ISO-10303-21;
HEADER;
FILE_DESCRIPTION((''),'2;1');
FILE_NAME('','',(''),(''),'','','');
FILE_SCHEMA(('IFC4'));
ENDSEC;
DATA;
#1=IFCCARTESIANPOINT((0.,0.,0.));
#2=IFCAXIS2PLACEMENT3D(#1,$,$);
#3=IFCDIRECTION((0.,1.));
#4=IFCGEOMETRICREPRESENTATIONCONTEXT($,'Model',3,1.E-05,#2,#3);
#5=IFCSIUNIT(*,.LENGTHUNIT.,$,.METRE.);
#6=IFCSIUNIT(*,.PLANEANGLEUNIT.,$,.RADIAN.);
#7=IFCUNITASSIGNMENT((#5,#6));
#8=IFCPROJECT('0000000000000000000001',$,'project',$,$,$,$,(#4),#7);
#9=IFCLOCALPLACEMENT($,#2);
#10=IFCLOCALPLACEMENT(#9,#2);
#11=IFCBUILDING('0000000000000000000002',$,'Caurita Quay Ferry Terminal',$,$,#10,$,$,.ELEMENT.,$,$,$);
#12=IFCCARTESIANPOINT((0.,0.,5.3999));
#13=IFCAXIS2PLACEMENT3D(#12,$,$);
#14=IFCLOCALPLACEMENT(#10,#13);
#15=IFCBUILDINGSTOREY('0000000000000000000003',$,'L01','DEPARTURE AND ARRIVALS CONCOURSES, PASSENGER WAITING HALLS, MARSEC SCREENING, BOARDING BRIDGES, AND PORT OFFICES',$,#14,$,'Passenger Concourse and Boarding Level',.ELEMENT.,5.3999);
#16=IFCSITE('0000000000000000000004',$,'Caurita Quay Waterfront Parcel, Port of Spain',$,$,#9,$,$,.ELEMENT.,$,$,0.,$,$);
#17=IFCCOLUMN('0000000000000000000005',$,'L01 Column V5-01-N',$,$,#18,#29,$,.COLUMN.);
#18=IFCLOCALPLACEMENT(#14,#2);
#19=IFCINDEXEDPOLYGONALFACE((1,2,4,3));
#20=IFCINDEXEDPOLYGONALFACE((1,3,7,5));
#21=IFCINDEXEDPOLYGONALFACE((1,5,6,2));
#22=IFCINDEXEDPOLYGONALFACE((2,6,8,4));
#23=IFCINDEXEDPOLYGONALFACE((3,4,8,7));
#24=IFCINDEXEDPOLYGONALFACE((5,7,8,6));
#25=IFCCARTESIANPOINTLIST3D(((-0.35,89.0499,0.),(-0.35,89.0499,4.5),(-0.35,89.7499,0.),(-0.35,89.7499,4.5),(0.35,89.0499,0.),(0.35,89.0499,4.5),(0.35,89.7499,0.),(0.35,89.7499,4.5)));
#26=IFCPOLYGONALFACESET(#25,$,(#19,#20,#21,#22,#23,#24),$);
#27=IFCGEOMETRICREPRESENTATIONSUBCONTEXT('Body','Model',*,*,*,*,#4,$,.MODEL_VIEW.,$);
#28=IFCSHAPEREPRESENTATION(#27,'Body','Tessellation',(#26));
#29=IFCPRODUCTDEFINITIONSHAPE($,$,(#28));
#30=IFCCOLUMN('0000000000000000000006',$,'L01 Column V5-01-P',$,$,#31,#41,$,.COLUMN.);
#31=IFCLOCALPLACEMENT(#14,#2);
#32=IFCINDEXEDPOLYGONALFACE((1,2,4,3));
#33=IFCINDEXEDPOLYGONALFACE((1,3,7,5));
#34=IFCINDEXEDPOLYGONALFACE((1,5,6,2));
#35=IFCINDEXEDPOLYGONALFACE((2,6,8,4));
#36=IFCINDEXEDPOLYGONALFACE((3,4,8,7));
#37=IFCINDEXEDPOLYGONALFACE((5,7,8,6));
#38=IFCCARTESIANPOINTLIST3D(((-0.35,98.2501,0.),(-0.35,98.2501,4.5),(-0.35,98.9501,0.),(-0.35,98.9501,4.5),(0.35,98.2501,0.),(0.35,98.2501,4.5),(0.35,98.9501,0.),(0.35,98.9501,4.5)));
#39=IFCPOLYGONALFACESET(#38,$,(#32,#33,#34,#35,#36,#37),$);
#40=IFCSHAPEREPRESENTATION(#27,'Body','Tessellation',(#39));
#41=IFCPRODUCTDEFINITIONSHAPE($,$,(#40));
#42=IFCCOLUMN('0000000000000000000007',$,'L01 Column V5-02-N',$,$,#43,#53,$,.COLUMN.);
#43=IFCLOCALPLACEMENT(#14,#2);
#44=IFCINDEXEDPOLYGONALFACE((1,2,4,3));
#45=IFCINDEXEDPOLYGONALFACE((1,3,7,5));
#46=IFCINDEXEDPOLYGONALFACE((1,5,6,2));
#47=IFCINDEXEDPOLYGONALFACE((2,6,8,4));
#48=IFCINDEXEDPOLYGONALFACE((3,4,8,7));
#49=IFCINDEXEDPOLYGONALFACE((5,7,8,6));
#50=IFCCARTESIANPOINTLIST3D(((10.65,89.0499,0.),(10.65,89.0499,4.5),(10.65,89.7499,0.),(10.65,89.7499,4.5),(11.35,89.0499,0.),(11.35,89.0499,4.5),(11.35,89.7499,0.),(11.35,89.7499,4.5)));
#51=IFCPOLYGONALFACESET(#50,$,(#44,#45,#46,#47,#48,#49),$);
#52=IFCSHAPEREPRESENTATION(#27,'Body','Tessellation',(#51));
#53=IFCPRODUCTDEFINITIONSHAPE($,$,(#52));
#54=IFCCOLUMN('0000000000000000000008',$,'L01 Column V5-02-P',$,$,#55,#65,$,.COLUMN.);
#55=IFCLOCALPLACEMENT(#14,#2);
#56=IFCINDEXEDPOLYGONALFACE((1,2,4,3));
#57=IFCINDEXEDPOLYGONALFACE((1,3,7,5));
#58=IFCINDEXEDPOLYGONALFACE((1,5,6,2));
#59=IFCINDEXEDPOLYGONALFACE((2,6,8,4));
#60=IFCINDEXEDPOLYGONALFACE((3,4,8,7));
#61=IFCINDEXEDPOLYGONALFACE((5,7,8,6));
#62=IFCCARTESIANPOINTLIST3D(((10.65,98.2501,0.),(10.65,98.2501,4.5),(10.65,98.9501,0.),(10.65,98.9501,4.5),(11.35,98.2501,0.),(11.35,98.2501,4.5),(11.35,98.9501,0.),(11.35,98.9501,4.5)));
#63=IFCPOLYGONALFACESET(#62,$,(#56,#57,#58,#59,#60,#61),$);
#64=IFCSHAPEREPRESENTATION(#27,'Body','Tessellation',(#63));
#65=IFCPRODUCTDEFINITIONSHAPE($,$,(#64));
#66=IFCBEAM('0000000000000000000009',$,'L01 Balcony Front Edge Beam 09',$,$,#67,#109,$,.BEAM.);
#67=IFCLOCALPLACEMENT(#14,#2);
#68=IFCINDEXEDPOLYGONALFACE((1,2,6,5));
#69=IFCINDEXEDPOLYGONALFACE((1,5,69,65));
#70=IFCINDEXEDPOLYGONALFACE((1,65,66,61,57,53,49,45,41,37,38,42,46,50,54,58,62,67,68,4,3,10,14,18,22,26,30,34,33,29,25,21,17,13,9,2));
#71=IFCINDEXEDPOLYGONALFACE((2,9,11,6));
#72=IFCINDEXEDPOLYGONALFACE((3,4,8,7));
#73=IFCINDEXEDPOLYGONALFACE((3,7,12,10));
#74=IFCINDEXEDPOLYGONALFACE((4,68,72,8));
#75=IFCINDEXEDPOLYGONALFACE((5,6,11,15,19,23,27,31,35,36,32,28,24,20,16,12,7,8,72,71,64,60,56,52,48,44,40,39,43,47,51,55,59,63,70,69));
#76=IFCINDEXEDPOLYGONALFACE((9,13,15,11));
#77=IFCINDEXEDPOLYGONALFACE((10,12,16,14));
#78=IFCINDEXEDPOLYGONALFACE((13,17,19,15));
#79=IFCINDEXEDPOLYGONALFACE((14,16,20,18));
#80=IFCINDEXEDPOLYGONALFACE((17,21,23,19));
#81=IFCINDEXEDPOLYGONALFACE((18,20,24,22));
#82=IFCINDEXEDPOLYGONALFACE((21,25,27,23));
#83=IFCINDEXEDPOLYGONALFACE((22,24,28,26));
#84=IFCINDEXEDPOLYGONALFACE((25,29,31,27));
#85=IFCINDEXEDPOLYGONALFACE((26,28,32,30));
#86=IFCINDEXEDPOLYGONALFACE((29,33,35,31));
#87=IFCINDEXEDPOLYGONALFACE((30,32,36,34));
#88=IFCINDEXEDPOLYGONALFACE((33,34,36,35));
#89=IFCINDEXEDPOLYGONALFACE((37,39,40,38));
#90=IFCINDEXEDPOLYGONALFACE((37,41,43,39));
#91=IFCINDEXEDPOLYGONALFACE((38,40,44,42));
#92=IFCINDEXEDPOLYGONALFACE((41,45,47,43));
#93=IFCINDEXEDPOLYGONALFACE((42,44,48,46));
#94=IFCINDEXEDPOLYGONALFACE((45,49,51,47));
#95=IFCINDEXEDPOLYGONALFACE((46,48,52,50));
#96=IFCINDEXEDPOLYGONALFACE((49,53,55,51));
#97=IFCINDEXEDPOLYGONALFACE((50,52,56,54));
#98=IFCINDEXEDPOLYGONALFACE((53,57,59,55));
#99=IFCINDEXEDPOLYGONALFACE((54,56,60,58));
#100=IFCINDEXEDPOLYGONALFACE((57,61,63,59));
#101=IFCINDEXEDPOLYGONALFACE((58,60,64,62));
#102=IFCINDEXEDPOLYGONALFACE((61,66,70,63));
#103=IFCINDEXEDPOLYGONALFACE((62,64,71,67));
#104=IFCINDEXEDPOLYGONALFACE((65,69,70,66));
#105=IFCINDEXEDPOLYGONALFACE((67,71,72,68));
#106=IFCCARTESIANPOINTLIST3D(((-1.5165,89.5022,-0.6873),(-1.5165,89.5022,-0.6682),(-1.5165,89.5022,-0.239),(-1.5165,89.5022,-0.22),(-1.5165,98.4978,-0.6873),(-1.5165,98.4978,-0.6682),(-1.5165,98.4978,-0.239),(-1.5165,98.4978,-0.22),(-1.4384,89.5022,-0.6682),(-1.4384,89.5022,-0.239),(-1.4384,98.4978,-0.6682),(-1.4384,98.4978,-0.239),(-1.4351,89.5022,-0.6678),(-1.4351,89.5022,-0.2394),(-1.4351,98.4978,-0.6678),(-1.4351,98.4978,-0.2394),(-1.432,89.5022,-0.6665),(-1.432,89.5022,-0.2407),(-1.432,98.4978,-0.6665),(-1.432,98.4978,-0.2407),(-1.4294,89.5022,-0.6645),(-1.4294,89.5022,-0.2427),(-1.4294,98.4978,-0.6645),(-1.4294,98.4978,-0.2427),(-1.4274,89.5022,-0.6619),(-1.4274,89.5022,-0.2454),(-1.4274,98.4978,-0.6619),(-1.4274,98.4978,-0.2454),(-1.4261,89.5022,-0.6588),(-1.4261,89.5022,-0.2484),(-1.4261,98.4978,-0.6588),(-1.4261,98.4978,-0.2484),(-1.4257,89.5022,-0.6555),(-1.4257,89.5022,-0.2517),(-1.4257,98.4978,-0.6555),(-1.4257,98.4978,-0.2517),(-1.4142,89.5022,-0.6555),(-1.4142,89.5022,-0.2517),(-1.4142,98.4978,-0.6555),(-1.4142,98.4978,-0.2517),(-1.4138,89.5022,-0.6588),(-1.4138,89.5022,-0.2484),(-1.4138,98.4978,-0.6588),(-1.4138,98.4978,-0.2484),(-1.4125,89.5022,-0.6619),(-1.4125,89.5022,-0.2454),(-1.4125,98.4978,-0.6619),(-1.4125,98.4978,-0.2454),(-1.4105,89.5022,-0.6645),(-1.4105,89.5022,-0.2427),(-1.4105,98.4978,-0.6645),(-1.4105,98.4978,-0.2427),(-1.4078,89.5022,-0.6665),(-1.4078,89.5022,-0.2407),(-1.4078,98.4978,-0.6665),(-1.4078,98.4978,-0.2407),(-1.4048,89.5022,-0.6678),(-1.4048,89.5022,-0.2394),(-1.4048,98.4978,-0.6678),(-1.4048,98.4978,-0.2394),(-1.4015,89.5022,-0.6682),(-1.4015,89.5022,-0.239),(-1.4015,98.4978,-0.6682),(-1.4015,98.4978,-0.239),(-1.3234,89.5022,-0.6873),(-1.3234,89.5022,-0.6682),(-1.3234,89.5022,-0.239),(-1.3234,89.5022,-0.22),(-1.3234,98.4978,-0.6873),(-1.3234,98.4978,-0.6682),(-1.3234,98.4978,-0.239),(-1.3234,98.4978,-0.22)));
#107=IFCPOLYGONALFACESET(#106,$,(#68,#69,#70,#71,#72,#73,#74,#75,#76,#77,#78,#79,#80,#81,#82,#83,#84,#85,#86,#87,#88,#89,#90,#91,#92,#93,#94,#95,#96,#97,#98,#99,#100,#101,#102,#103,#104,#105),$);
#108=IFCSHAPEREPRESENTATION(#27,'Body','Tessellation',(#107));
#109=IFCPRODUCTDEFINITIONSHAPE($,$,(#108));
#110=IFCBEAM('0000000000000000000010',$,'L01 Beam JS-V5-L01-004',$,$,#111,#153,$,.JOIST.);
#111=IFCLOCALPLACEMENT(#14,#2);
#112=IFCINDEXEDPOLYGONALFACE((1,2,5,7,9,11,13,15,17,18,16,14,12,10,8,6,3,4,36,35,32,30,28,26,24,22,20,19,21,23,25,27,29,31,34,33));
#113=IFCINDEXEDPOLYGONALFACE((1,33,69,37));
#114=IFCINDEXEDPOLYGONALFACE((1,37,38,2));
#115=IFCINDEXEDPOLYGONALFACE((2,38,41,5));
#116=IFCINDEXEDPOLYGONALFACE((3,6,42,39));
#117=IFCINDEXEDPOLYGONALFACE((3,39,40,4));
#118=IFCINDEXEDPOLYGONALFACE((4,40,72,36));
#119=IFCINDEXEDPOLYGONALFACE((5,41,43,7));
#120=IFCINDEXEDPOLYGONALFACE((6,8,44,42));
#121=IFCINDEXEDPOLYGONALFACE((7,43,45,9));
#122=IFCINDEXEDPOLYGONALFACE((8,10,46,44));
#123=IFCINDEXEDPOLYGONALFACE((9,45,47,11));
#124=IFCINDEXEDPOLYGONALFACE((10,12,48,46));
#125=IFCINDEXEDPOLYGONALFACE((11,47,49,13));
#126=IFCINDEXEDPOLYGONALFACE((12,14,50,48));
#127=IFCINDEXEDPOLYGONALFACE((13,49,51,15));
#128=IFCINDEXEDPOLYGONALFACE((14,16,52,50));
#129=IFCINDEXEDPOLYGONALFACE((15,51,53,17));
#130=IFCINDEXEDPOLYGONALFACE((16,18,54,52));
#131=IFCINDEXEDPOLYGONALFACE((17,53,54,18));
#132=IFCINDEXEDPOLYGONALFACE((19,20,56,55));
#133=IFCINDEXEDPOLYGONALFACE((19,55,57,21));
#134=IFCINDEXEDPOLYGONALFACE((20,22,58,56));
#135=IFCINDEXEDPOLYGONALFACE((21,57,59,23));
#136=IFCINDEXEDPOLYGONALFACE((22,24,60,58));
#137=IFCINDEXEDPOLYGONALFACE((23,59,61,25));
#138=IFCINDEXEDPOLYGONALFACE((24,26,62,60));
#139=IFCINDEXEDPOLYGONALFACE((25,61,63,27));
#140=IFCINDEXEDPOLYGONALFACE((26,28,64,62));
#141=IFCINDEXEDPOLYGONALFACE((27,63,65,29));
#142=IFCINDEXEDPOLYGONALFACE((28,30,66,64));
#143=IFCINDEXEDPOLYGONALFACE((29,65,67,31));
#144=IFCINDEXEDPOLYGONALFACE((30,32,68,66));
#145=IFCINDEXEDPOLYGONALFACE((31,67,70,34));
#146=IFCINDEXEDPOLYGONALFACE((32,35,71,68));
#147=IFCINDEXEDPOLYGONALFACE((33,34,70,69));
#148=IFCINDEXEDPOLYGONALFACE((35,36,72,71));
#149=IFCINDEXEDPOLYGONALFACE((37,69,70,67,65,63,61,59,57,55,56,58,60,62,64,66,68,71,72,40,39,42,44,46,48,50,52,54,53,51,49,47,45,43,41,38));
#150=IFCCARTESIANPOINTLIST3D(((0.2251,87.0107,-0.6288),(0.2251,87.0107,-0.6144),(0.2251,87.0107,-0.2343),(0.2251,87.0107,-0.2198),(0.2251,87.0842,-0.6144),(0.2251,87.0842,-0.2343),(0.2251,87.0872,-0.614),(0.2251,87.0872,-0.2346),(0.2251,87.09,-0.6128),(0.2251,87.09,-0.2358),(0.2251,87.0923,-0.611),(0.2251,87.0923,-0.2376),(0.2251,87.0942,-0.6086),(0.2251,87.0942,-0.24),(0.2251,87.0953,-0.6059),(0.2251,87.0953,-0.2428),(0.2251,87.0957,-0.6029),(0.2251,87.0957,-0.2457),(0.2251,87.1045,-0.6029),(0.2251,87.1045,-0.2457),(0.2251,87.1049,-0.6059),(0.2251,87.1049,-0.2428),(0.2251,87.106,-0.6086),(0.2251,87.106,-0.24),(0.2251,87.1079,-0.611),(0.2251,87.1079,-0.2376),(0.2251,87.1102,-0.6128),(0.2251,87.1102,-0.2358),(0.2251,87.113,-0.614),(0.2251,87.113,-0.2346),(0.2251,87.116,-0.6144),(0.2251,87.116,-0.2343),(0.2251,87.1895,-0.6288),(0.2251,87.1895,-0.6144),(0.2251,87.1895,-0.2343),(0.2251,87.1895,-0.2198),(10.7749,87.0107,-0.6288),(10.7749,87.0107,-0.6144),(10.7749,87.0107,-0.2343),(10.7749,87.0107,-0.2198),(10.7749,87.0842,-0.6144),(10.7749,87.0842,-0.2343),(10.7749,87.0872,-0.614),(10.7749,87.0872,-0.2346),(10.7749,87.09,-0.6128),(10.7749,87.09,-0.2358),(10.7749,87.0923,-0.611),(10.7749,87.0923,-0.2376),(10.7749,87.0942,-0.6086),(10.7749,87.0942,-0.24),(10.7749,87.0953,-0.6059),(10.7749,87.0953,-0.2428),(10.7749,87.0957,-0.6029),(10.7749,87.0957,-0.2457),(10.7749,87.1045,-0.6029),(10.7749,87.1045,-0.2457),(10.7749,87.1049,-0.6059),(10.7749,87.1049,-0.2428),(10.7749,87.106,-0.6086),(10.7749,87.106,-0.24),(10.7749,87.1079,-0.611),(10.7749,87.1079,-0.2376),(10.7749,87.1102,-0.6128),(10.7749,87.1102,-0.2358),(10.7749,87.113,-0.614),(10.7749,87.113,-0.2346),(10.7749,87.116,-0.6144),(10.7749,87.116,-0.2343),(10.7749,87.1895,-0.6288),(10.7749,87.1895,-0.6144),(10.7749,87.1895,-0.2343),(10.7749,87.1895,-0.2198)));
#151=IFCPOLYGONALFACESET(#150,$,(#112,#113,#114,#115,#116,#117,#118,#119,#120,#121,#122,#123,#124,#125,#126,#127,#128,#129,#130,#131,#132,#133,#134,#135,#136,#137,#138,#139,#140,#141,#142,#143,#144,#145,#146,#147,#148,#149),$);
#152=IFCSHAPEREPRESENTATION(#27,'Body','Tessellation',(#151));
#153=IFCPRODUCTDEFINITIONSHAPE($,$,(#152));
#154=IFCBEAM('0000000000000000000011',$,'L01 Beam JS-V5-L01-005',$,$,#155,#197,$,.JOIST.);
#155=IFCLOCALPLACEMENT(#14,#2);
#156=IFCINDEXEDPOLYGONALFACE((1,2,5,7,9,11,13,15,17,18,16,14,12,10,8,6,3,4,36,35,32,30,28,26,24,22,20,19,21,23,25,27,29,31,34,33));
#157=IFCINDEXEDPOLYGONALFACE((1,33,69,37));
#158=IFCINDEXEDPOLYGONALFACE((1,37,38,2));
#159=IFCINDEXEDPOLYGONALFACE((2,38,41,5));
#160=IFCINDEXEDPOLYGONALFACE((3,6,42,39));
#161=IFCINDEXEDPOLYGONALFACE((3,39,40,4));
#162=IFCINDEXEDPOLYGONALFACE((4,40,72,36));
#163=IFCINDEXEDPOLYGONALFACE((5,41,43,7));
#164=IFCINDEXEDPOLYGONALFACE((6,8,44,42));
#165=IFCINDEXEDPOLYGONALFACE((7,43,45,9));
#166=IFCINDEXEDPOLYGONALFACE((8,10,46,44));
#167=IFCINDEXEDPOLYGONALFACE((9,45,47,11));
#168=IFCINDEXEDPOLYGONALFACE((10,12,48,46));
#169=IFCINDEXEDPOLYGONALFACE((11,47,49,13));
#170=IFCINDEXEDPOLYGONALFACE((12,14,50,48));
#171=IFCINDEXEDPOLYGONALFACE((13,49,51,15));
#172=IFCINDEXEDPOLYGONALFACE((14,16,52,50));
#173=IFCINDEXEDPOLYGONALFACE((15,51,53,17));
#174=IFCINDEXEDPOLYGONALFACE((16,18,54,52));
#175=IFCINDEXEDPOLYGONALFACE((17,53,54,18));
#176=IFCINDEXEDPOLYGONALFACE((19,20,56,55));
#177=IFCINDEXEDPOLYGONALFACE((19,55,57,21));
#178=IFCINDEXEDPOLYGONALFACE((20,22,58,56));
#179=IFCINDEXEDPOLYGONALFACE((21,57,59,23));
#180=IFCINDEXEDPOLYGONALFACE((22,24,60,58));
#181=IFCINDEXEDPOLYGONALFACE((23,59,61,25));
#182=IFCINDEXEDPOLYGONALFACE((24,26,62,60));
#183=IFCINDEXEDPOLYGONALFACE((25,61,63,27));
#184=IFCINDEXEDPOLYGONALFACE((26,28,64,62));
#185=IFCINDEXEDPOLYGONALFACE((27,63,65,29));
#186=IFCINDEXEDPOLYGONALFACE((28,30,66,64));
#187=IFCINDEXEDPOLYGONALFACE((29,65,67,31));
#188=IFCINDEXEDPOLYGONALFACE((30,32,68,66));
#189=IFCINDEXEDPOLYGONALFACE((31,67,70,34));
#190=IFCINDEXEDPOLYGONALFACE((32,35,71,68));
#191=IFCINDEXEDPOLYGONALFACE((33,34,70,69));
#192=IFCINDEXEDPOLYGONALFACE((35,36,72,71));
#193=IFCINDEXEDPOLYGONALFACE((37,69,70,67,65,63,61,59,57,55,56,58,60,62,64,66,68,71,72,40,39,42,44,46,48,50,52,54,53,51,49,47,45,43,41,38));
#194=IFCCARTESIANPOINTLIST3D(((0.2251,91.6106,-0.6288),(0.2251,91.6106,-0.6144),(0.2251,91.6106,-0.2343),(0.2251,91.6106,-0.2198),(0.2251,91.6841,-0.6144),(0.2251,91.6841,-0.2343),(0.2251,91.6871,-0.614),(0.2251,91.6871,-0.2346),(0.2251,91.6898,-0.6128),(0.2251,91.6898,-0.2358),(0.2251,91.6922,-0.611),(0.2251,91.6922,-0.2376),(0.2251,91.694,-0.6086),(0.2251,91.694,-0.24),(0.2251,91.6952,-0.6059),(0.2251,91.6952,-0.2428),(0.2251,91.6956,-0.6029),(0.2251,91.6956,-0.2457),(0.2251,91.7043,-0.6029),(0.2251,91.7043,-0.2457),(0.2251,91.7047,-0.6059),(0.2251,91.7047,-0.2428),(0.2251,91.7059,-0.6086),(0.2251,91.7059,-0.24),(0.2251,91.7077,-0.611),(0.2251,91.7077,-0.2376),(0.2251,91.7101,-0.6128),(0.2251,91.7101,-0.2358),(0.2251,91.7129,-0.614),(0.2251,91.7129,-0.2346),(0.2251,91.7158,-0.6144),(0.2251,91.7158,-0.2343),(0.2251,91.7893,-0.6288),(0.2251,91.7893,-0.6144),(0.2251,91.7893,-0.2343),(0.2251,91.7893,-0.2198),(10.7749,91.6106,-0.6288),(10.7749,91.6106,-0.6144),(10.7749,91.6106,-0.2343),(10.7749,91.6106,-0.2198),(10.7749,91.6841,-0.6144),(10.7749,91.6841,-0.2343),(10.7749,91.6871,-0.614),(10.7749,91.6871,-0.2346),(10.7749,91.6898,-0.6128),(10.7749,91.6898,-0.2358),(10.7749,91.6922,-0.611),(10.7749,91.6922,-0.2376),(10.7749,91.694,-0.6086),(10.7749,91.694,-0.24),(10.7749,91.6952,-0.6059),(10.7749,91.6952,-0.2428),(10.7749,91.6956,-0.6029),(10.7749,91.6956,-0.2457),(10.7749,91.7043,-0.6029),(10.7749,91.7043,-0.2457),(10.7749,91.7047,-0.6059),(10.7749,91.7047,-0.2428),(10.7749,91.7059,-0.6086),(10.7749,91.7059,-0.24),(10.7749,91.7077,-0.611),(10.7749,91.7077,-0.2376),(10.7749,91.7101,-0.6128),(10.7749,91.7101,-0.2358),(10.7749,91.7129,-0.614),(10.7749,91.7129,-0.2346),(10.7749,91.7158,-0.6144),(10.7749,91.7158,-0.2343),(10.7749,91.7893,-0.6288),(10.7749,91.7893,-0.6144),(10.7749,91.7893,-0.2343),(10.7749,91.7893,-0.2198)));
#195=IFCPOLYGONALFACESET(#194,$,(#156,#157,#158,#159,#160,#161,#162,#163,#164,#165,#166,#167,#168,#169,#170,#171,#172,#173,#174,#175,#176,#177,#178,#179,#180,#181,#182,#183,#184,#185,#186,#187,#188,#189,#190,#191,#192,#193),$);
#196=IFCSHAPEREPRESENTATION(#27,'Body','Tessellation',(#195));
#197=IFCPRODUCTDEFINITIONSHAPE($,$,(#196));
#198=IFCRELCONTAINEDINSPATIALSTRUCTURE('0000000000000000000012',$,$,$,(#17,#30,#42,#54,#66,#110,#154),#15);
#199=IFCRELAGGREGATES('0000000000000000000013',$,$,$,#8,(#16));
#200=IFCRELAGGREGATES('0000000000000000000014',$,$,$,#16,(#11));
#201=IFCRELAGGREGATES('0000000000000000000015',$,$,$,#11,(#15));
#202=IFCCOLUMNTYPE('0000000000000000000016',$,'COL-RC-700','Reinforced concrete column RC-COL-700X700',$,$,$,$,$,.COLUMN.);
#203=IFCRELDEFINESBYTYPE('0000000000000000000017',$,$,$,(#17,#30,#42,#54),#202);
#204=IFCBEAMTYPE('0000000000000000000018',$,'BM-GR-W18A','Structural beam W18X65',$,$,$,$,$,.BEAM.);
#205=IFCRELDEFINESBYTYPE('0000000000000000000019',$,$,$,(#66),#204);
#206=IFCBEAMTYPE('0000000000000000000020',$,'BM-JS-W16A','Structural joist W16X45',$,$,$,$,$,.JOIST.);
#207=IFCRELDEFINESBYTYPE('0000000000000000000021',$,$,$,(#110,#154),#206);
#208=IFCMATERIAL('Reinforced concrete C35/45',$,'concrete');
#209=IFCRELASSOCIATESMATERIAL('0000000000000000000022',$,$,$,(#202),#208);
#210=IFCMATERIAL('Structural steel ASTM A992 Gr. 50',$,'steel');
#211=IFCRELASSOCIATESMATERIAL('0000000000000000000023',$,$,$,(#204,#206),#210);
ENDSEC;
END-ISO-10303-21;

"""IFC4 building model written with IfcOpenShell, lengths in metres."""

from ifc_helpers import new_model, si_unit, direction, frame, origin, origin_2d, place, context, subcontext, project, spatial, rectangle, i_section, extrude, material, material_profile, profile_set, type_object, element, save


model = new_model("IFC4")

# Units and contexts
model_context = context("Model", 3, precision=1e-05, world=origin(), true_north=direction((0.0, 1.0)))
body_context = subcontext(model_context, "Body", "Model", "MODEL_VIEW")
ifc_project = project(units=[si_unit("LENGTHUNIT", "METRE"), si_unit("PLANEANGLEUNIT", "RADIAN")], contexts=[model_context])

# Site, building, storey
site_placement = place(None, origin())
site = spatial("IfcSite", under=ifc_project, at=site_placement, Name="Caurita Quay Waterfront Parcel, Port of Spain", CompositionType="ELEMENT", RefElevation=0.0)
building_placement = place(site_placement, origin())
building = spatial("IfcBuilding", under=site, at=building_placement, Name="Caurita Quay Ferry Terminal", CompositionType="ELEMENT")
storey_placement = place(building_placement, frame((0.0, 0.0, 5.3999)))
storey = spatial("IfcBuildingStorey", under=building, at=storey_placement, Name="L01", Description="DEPARTURE AND ARRIVALS CONCOURSES, PASSENGER WAITING HALLS, MARSEC SCREENING, BOARDING BRIDGES, AND PORT OFFICES", LongName="Passenger Concourse and Boarding Level", CompositionType="ELEMENT", Elevation=5.3999)

# Columns
ifc_material_1 = material(Name="Reinforced concrete C35/45", Category="concrete")
ifc_material_profile_1 = material_profile(ifc_material_1, rectangle(XDim=0.7, YDim=0.7, at=origin_2d()), Name="RC-COL-700X700")
ifc_profile_set_1 = profile_set([ifc_material_profile_1], Name="Reinforced concrete C35/45")
column_type = type_object("IfcColumnType", Name="COL-RC-700", Description="Reinforced concrete column RC-COL-700X700", PredefinedType="COLUMN", material=ifc_profile_set_1)
for number, where, z_axis, x_axis, name in (
    (1, (0.0, 89.3999, 0.0), (0.0, 0.0, 1.0), (1.0, 0.0, 0.0), "L01 Column V5-01-N"),
    (2, (0.0, 98.6001, 0.0), (0.0, 0.0, 1.0), (1.0, 0.0, 0.0), "L01 Column V5-01-P"),
    (3, (11.0, 89.3999, 0.0), (0.0, 0.0, 1.0), (1.0, 0.0, 0.0), "L01 Column V5-02-N"),
    (4, (11.0, 98.6001, 0.0), (0.0, 0.0, 1.0), (1.0, 0.0, 0.0), "L01 Column V5-02-P"),
):
    element("IfcColumn", number, at=place(storey_placement, frame(where, z_axis=z_axis, x_axis=x_axis)), inside=storey, type_object=column_type, Name=name, PredefinedType="COLUMN", context=body_context, shape_type="SweptSolid", body=[
        extrude(rectangle(XDim=0.7, YDim=0.7, at=origin_2d()), origin(), (0.0, 0.0, 1.0), 4.5),
    ])

# Beams
ifc_material_2 = material(Name="Structural steel ASTM A992 Gr. 50", Category="steel")
ifc_material_profile_2 = material_profile(ifc_material_2, i_section(OverallWidth=0.1931, OverallDepth=0.4673, WebThickness=0.0115, FlangeThickness=0.019, FilletRadius=0.0127, at=origin_2d()), Name="W18X65")
ifc_profile_set_2 = profile_set([ifc_material_profile_2], Name="Structural steel ASTM A992 Gr. 50")
beam_type_1 = type_object("IfcBeamType", Name="BM-GR-W18A", Description="Structural beam W18X65", PredefinedType="BEAM", material=ifc_profile_set_2)
beam_1_placement = place(storey_placement, frame((-1.4199, 89.5022, -0.4536), z_axis=(0.0, 1.0, 0.0), x_axis=(-1.0, 0.0, 0.0)))
element("IfcBeam", 5, at=beam_1_placement, inside=storey, type_object=beam_type_1, Name="L01 Balcony Front Edge Beam 09", PredefinedType="BEAM", context=body_context, shape_type="SweptSolid", body=[
    extrude(i_section(OverallWidth=0.1931, OverallDepth=0.4673, WebThickness=0.0115, FlangeThickness=0.019, FilletRadius=0.0127, at=origin_2d()), origin(), (0.0, 0.0, 1.0), 8.9956),
])
ifc_material_profile_3 = material_profile(ifc_material_2, i_section(OverallWidth=0.1787, OverallDepth=0.4089, WebThickness=0.0088, FlangeThickness=0.0144, FilletRadius=0.0115, at=origin_2d()), Name="W16X45")
ifc_profile_set_3 = profile_set([ifc_material_profile_3], Name="Structural steel ASTM A992 Gr. 50")
beam_type_2 = type_object("IfcBeamType", Name="BM-JS-W16A", Description="Structural joist W16X45", PredefinedType="JOIST", material=ifc_profile_set_3)
for number, where, z_axis, x_axis, name in (
    (6, (0.2251, 87.1001, -0.4243), (1.0, 0.0, 0.0), (0.0, 1.0, 0.0), "L01 Beam JS-V5-L01-004"),
    (7, (0.2251, 91.7, -0.4243), (1.0, 0.0, 0.0), (0.0, 1.0, 0.0), "L01 Beam JS-V5-L01-005"),
):
    element("IfcBeam", number, at=place(storey_placement, frame(where, z_axis=z_axis, x_axis=x_axis)), inside=storey, type_object=beam_type_2, Name=name, PredefinedType="JOIST", context=body_context, shape_type="SweptSolid", body=[
        extrude(i_section(OverallWidth=0.1787, OverallDepth=0.4089, WebThickness=0.0088, FlangeThickness=0.0144, FilletRadius=0.0115, at=origin_2d()), origin(), (0.0, 0.0, 1.0), 10.5498),
    ])

save(model, "model.ifc")
